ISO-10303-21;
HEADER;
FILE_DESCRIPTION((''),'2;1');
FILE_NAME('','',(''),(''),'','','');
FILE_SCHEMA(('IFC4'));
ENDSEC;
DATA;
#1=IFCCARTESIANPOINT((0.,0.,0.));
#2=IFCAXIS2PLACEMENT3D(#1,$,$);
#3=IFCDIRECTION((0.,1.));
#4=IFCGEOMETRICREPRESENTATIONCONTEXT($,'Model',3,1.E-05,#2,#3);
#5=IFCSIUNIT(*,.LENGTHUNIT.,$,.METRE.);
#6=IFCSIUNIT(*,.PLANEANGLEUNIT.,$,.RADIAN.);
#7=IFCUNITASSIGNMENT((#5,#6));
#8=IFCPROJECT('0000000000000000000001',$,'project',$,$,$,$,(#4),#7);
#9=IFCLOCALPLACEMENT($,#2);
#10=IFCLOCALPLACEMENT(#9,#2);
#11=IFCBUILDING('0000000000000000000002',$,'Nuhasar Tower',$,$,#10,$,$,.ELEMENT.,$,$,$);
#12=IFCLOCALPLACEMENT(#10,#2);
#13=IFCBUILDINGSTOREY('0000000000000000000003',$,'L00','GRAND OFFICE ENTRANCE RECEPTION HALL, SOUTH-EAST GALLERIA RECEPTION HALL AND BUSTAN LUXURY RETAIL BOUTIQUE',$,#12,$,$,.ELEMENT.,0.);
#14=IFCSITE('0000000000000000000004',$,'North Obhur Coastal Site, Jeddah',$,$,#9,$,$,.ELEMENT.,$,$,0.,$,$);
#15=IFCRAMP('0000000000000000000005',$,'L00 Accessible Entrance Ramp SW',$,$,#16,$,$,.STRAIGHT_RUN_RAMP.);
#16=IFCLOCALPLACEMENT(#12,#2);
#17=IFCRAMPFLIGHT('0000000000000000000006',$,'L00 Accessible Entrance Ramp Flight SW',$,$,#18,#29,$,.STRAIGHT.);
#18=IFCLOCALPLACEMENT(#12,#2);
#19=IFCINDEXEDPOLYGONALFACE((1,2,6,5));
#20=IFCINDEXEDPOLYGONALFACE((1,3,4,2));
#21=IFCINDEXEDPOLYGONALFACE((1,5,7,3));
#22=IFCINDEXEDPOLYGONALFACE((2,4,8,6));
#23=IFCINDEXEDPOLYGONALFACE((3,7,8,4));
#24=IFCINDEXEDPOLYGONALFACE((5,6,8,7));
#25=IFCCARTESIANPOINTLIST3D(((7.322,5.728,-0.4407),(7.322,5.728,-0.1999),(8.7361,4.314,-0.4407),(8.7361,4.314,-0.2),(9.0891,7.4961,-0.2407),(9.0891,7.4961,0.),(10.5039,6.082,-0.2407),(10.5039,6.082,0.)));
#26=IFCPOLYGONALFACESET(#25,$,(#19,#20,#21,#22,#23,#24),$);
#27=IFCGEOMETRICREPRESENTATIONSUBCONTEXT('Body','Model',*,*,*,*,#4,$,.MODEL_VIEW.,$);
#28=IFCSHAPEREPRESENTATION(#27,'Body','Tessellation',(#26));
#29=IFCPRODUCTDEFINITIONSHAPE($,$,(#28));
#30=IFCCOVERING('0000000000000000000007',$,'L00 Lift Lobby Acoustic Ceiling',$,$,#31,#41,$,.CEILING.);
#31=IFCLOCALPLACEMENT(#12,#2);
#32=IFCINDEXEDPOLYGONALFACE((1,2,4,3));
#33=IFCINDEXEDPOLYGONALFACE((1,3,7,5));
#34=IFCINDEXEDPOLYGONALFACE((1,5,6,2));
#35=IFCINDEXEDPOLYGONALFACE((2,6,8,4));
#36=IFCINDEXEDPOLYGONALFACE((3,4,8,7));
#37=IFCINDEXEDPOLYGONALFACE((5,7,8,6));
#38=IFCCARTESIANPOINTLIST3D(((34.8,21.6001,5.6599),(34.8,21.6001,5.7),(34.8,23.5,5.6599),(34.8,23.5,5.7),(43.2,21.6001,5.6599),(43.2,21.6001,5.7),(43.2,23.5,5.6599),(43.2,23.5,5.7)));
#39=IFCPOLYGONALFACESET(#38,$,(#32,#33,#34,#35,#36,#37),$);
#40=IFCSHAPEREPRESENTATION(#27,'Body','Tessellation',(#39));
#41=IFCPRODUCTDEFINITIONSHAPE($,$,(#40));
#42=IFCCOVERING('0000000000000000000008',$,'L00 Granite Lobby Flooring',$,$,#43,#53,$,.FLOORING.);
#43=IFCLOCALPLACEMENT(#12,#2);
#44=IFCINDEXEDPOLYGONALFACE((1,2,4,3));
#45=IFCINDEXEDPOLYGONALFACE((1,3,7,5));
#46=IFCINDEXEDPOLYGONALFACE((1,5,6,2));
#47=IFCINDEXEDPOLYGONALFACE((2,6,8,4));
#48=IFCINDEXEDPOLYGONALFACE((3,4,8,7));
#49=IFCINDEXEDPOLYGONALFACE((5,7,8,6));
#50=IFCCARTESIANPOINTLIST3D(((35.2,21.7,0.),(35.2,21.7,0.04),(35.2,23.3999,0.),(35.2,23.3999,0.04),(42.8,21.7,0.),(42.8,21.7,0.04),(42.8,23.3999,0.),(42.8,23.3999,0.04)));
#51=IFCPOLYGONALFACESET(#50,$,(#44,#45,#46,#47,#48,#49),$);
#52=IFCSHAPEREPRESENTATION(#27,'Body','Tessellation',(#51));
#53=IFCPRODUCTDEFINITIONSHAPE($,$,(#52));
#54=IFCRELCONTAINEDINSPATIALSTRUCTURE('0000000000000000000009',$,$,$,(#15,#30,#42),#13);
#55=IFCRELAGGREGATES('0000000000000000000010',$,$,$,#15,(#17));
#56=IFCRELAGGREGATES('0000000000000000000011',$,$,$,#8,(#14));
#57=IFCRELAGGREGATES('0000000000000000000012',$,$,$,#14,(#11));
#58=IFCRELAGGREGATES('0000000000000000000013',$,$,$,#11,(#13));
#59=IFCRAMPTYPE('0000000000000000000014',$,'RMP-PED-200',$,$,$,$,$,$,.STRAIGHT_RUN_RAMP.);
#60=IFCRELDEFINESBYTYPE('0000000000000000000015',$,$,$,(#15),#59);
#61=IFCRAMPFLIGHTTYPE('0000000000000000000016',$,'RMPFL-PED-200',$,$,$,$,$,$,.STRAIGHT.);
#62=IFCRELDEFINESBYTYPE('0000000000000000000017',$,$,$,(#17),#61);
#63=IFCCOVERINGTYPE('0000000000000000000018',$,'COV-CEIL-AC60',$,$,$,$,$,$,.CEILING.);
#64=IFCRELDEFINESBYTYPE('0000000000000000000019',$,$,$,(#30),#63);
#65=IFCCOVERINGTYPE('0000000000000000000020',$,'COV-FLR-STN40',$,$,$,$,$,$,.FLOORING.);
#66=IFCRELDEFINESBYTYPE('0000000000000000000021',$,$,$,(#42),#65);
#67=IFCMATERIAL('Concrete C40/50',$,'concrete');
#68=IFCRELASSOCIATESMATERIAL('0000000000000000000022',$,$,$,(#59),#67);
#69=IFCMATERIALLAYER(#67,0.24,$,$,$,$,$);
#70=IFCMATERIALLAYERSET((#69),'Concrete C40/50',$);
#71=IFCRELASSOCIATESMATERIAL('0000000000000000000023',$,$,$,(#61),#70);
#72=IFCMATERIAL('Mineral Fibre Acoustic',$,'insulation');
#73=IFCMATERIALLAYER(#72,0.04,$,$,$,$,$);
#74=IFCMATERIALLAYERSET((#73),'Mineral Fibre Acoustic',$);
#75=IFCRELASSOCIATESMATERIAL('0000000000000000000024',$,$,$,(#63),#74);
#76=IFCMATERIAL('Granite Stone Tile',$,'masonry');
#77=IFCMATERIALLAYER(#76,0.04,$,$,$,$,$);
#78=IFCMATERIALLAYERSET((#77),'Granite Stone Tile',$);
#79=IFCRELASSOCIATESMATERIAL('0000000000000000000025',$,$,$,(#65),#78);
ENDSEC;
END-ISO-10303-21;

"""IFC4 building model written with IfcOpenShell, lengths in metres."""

from ifc_helpers import new_model, si_unit, direction, frame, origin, place, context, subcontext, project, spatial, polyline, outline, extrude, material, layer, layer_set, type_object, element, aggregate, save


model = new_model("IFC4")

# Units and contexts
model_context = context("Model", 3, precision=1e-05, world=origin(), true_north=direction((0.0, 1.0)))
body_context = subcontext(model_context, "Body", "Model", "MODEL_VIEW")
ifc_project = project(units=[si_unit("LENGTHUNIT", "METRE"), si_unit("PLANEANGLEUNIT", "RADIAN")], contexts=[model_context])

# Site, building, storey
site_placement = place(None, origin())
site = spatial("IfcSite", under=ifc_project, at=site_placement, Name="North Obhur Coastal Site, Jeddah", CompositionType="ELEMENT", RefElevation=0.0)
building_placement = place(site_placement, origin())
building = spatial("IfcBuilding", under=site, at=building_placement, Name="Nuhasar Tower", CompositionType="ELEMENT")
storey_placement = place(building_placement, origin())
storey = spatial("IfcBuildingStorey", under=building, at=storey_placement, Name="L00", Description="GRAND OFFICE ENTRANCE RECEPTION HALL, SOUTH-EAST GALLERIA RECEPTION HALL AND BUSTAN LUXURY RETAIL BOUTIQUE", CompositionType="ELEMENT", Elevation=0.0)

# Shared definitions
ifc_material_1 = material(Name="Concrete C40/50", Category="concrete")

# Ramp, ramp flight
ramp_type = type_object("IfcRampType", Name="RMP-PED-200", PredefinedType="STRAIGHT_RUN_RAMP", material=ifc_material_1)
ramp_placement = place(storey_placement, origin())
ramp = element("IfcRamp", 1, at=ramp_placement, inside=storey, type_object=ramp_type, Name="L00 Accessible Entrance Ramp SW", PredefinedType="STRAIGHT_RUN_RAMP")
ifc_layer_1 = layer(ifc_material_1, 0.24)
ifc_layer_set_1 = layer_set([ifc_layer_1], Name="Concrete C40/50")
ramp_flight_type = type_object("IfcRampFlightType", Name="RMPFL-PED-200", PredefinedType="STRAIGHT", material=ifc_layer_set_1)
ramp_flight_placement = place(storey_placement, frame((9.0891, 7.4961, 0.0), z_axis=(-0.056368, -0.056382, 0.996817), x_axis=(-0.704661, -0.705051, -0.079726)))
ramp_flight = element("IfcRampFlight", 2, at=ramp_flight_placement, type_object=ramp_flight_type, Name="L00 Accessible Entrance Ramp Flight SW", PredefinedType="STRAIGHT", context=body_context, shape_type="SweptSolid", body=[
    extrude(outline(polyline([(0.0, 0.0), (2.5077, 0.0), (2.5083, 1.9998), (0.0, 2.0003), (0.0, 0.0)])), origin(), (0.079726, -0.000012, -0.996817), 0.2407),
])
aggregate(ramp, [ramp_flight])

# Coverings
ifc_material_2 = material(Name="Mineral Fibre Acoustic", Category="insulation")
ifc_layer_2 = layer(ifc_material_2, 0.04)
ifc_layer_set_2 = layer_set([ifc_layer_2], Name="Mineral Fibre Acoustic")
covering_type_1 = type_object("IfcCoveringType", Name="COV-CEIL-AC60", PredefinedType="CEILING", material=ifc_layer_set_2)
covering_1_placement = place(storey_placement, frame((0.0, 0.0, 5.6599)))
element("IfcCovering", 3, at=covering_1_placement, inside=storey, type_object=covering_type_1, Name="L00 Lift Lobby Acoustic Ceiling", PredefinedType="CEILING", context=body_context, shape_type="SweptSolid", body=[
    extrude(outline(polyline([(34.8, 21.6001), (43.2, 21.6001), (43.2, 23.5), (34.8, 23.5), (34.8, 21.6001)])), origin(), (0.0, 0.0, 1.0), 0.04),
])
ifc_material_3 = material(Name="Granite Stone Tile", Category="masonry")
ifc_layer_3 = layer(ifc_material_3, 0.04)
ifc_layer_set_3 = layer_set([ifc_layer_3], Name="Granite Stone Tile")
covering_type_2 = type_object("IfcCoveringType", Name="COV-FLR-STN40", PredefinedType="FLOORING", material=ifc_layer_set_3)
covering_2_placement = place(storey_placement, origin())
element("IfcCovering", 4, at=covering_2_placement, inside=storey, type_object=covering_type_2, Name="L00 Granite Lobby Flooring", PredefinedType="FLOORING", context=body_context, shape_type="SweptSolid", body=[
    extrude(outline(polyline([(35.2, 21.7), (42.8, 21.7), (42.8, 23.3999), (35.2, 23.3999), (35.2, 21.7)])), origin(), (0.0, 0.0, 1.0), 0.04),
])

save(model, "model.ifc")
